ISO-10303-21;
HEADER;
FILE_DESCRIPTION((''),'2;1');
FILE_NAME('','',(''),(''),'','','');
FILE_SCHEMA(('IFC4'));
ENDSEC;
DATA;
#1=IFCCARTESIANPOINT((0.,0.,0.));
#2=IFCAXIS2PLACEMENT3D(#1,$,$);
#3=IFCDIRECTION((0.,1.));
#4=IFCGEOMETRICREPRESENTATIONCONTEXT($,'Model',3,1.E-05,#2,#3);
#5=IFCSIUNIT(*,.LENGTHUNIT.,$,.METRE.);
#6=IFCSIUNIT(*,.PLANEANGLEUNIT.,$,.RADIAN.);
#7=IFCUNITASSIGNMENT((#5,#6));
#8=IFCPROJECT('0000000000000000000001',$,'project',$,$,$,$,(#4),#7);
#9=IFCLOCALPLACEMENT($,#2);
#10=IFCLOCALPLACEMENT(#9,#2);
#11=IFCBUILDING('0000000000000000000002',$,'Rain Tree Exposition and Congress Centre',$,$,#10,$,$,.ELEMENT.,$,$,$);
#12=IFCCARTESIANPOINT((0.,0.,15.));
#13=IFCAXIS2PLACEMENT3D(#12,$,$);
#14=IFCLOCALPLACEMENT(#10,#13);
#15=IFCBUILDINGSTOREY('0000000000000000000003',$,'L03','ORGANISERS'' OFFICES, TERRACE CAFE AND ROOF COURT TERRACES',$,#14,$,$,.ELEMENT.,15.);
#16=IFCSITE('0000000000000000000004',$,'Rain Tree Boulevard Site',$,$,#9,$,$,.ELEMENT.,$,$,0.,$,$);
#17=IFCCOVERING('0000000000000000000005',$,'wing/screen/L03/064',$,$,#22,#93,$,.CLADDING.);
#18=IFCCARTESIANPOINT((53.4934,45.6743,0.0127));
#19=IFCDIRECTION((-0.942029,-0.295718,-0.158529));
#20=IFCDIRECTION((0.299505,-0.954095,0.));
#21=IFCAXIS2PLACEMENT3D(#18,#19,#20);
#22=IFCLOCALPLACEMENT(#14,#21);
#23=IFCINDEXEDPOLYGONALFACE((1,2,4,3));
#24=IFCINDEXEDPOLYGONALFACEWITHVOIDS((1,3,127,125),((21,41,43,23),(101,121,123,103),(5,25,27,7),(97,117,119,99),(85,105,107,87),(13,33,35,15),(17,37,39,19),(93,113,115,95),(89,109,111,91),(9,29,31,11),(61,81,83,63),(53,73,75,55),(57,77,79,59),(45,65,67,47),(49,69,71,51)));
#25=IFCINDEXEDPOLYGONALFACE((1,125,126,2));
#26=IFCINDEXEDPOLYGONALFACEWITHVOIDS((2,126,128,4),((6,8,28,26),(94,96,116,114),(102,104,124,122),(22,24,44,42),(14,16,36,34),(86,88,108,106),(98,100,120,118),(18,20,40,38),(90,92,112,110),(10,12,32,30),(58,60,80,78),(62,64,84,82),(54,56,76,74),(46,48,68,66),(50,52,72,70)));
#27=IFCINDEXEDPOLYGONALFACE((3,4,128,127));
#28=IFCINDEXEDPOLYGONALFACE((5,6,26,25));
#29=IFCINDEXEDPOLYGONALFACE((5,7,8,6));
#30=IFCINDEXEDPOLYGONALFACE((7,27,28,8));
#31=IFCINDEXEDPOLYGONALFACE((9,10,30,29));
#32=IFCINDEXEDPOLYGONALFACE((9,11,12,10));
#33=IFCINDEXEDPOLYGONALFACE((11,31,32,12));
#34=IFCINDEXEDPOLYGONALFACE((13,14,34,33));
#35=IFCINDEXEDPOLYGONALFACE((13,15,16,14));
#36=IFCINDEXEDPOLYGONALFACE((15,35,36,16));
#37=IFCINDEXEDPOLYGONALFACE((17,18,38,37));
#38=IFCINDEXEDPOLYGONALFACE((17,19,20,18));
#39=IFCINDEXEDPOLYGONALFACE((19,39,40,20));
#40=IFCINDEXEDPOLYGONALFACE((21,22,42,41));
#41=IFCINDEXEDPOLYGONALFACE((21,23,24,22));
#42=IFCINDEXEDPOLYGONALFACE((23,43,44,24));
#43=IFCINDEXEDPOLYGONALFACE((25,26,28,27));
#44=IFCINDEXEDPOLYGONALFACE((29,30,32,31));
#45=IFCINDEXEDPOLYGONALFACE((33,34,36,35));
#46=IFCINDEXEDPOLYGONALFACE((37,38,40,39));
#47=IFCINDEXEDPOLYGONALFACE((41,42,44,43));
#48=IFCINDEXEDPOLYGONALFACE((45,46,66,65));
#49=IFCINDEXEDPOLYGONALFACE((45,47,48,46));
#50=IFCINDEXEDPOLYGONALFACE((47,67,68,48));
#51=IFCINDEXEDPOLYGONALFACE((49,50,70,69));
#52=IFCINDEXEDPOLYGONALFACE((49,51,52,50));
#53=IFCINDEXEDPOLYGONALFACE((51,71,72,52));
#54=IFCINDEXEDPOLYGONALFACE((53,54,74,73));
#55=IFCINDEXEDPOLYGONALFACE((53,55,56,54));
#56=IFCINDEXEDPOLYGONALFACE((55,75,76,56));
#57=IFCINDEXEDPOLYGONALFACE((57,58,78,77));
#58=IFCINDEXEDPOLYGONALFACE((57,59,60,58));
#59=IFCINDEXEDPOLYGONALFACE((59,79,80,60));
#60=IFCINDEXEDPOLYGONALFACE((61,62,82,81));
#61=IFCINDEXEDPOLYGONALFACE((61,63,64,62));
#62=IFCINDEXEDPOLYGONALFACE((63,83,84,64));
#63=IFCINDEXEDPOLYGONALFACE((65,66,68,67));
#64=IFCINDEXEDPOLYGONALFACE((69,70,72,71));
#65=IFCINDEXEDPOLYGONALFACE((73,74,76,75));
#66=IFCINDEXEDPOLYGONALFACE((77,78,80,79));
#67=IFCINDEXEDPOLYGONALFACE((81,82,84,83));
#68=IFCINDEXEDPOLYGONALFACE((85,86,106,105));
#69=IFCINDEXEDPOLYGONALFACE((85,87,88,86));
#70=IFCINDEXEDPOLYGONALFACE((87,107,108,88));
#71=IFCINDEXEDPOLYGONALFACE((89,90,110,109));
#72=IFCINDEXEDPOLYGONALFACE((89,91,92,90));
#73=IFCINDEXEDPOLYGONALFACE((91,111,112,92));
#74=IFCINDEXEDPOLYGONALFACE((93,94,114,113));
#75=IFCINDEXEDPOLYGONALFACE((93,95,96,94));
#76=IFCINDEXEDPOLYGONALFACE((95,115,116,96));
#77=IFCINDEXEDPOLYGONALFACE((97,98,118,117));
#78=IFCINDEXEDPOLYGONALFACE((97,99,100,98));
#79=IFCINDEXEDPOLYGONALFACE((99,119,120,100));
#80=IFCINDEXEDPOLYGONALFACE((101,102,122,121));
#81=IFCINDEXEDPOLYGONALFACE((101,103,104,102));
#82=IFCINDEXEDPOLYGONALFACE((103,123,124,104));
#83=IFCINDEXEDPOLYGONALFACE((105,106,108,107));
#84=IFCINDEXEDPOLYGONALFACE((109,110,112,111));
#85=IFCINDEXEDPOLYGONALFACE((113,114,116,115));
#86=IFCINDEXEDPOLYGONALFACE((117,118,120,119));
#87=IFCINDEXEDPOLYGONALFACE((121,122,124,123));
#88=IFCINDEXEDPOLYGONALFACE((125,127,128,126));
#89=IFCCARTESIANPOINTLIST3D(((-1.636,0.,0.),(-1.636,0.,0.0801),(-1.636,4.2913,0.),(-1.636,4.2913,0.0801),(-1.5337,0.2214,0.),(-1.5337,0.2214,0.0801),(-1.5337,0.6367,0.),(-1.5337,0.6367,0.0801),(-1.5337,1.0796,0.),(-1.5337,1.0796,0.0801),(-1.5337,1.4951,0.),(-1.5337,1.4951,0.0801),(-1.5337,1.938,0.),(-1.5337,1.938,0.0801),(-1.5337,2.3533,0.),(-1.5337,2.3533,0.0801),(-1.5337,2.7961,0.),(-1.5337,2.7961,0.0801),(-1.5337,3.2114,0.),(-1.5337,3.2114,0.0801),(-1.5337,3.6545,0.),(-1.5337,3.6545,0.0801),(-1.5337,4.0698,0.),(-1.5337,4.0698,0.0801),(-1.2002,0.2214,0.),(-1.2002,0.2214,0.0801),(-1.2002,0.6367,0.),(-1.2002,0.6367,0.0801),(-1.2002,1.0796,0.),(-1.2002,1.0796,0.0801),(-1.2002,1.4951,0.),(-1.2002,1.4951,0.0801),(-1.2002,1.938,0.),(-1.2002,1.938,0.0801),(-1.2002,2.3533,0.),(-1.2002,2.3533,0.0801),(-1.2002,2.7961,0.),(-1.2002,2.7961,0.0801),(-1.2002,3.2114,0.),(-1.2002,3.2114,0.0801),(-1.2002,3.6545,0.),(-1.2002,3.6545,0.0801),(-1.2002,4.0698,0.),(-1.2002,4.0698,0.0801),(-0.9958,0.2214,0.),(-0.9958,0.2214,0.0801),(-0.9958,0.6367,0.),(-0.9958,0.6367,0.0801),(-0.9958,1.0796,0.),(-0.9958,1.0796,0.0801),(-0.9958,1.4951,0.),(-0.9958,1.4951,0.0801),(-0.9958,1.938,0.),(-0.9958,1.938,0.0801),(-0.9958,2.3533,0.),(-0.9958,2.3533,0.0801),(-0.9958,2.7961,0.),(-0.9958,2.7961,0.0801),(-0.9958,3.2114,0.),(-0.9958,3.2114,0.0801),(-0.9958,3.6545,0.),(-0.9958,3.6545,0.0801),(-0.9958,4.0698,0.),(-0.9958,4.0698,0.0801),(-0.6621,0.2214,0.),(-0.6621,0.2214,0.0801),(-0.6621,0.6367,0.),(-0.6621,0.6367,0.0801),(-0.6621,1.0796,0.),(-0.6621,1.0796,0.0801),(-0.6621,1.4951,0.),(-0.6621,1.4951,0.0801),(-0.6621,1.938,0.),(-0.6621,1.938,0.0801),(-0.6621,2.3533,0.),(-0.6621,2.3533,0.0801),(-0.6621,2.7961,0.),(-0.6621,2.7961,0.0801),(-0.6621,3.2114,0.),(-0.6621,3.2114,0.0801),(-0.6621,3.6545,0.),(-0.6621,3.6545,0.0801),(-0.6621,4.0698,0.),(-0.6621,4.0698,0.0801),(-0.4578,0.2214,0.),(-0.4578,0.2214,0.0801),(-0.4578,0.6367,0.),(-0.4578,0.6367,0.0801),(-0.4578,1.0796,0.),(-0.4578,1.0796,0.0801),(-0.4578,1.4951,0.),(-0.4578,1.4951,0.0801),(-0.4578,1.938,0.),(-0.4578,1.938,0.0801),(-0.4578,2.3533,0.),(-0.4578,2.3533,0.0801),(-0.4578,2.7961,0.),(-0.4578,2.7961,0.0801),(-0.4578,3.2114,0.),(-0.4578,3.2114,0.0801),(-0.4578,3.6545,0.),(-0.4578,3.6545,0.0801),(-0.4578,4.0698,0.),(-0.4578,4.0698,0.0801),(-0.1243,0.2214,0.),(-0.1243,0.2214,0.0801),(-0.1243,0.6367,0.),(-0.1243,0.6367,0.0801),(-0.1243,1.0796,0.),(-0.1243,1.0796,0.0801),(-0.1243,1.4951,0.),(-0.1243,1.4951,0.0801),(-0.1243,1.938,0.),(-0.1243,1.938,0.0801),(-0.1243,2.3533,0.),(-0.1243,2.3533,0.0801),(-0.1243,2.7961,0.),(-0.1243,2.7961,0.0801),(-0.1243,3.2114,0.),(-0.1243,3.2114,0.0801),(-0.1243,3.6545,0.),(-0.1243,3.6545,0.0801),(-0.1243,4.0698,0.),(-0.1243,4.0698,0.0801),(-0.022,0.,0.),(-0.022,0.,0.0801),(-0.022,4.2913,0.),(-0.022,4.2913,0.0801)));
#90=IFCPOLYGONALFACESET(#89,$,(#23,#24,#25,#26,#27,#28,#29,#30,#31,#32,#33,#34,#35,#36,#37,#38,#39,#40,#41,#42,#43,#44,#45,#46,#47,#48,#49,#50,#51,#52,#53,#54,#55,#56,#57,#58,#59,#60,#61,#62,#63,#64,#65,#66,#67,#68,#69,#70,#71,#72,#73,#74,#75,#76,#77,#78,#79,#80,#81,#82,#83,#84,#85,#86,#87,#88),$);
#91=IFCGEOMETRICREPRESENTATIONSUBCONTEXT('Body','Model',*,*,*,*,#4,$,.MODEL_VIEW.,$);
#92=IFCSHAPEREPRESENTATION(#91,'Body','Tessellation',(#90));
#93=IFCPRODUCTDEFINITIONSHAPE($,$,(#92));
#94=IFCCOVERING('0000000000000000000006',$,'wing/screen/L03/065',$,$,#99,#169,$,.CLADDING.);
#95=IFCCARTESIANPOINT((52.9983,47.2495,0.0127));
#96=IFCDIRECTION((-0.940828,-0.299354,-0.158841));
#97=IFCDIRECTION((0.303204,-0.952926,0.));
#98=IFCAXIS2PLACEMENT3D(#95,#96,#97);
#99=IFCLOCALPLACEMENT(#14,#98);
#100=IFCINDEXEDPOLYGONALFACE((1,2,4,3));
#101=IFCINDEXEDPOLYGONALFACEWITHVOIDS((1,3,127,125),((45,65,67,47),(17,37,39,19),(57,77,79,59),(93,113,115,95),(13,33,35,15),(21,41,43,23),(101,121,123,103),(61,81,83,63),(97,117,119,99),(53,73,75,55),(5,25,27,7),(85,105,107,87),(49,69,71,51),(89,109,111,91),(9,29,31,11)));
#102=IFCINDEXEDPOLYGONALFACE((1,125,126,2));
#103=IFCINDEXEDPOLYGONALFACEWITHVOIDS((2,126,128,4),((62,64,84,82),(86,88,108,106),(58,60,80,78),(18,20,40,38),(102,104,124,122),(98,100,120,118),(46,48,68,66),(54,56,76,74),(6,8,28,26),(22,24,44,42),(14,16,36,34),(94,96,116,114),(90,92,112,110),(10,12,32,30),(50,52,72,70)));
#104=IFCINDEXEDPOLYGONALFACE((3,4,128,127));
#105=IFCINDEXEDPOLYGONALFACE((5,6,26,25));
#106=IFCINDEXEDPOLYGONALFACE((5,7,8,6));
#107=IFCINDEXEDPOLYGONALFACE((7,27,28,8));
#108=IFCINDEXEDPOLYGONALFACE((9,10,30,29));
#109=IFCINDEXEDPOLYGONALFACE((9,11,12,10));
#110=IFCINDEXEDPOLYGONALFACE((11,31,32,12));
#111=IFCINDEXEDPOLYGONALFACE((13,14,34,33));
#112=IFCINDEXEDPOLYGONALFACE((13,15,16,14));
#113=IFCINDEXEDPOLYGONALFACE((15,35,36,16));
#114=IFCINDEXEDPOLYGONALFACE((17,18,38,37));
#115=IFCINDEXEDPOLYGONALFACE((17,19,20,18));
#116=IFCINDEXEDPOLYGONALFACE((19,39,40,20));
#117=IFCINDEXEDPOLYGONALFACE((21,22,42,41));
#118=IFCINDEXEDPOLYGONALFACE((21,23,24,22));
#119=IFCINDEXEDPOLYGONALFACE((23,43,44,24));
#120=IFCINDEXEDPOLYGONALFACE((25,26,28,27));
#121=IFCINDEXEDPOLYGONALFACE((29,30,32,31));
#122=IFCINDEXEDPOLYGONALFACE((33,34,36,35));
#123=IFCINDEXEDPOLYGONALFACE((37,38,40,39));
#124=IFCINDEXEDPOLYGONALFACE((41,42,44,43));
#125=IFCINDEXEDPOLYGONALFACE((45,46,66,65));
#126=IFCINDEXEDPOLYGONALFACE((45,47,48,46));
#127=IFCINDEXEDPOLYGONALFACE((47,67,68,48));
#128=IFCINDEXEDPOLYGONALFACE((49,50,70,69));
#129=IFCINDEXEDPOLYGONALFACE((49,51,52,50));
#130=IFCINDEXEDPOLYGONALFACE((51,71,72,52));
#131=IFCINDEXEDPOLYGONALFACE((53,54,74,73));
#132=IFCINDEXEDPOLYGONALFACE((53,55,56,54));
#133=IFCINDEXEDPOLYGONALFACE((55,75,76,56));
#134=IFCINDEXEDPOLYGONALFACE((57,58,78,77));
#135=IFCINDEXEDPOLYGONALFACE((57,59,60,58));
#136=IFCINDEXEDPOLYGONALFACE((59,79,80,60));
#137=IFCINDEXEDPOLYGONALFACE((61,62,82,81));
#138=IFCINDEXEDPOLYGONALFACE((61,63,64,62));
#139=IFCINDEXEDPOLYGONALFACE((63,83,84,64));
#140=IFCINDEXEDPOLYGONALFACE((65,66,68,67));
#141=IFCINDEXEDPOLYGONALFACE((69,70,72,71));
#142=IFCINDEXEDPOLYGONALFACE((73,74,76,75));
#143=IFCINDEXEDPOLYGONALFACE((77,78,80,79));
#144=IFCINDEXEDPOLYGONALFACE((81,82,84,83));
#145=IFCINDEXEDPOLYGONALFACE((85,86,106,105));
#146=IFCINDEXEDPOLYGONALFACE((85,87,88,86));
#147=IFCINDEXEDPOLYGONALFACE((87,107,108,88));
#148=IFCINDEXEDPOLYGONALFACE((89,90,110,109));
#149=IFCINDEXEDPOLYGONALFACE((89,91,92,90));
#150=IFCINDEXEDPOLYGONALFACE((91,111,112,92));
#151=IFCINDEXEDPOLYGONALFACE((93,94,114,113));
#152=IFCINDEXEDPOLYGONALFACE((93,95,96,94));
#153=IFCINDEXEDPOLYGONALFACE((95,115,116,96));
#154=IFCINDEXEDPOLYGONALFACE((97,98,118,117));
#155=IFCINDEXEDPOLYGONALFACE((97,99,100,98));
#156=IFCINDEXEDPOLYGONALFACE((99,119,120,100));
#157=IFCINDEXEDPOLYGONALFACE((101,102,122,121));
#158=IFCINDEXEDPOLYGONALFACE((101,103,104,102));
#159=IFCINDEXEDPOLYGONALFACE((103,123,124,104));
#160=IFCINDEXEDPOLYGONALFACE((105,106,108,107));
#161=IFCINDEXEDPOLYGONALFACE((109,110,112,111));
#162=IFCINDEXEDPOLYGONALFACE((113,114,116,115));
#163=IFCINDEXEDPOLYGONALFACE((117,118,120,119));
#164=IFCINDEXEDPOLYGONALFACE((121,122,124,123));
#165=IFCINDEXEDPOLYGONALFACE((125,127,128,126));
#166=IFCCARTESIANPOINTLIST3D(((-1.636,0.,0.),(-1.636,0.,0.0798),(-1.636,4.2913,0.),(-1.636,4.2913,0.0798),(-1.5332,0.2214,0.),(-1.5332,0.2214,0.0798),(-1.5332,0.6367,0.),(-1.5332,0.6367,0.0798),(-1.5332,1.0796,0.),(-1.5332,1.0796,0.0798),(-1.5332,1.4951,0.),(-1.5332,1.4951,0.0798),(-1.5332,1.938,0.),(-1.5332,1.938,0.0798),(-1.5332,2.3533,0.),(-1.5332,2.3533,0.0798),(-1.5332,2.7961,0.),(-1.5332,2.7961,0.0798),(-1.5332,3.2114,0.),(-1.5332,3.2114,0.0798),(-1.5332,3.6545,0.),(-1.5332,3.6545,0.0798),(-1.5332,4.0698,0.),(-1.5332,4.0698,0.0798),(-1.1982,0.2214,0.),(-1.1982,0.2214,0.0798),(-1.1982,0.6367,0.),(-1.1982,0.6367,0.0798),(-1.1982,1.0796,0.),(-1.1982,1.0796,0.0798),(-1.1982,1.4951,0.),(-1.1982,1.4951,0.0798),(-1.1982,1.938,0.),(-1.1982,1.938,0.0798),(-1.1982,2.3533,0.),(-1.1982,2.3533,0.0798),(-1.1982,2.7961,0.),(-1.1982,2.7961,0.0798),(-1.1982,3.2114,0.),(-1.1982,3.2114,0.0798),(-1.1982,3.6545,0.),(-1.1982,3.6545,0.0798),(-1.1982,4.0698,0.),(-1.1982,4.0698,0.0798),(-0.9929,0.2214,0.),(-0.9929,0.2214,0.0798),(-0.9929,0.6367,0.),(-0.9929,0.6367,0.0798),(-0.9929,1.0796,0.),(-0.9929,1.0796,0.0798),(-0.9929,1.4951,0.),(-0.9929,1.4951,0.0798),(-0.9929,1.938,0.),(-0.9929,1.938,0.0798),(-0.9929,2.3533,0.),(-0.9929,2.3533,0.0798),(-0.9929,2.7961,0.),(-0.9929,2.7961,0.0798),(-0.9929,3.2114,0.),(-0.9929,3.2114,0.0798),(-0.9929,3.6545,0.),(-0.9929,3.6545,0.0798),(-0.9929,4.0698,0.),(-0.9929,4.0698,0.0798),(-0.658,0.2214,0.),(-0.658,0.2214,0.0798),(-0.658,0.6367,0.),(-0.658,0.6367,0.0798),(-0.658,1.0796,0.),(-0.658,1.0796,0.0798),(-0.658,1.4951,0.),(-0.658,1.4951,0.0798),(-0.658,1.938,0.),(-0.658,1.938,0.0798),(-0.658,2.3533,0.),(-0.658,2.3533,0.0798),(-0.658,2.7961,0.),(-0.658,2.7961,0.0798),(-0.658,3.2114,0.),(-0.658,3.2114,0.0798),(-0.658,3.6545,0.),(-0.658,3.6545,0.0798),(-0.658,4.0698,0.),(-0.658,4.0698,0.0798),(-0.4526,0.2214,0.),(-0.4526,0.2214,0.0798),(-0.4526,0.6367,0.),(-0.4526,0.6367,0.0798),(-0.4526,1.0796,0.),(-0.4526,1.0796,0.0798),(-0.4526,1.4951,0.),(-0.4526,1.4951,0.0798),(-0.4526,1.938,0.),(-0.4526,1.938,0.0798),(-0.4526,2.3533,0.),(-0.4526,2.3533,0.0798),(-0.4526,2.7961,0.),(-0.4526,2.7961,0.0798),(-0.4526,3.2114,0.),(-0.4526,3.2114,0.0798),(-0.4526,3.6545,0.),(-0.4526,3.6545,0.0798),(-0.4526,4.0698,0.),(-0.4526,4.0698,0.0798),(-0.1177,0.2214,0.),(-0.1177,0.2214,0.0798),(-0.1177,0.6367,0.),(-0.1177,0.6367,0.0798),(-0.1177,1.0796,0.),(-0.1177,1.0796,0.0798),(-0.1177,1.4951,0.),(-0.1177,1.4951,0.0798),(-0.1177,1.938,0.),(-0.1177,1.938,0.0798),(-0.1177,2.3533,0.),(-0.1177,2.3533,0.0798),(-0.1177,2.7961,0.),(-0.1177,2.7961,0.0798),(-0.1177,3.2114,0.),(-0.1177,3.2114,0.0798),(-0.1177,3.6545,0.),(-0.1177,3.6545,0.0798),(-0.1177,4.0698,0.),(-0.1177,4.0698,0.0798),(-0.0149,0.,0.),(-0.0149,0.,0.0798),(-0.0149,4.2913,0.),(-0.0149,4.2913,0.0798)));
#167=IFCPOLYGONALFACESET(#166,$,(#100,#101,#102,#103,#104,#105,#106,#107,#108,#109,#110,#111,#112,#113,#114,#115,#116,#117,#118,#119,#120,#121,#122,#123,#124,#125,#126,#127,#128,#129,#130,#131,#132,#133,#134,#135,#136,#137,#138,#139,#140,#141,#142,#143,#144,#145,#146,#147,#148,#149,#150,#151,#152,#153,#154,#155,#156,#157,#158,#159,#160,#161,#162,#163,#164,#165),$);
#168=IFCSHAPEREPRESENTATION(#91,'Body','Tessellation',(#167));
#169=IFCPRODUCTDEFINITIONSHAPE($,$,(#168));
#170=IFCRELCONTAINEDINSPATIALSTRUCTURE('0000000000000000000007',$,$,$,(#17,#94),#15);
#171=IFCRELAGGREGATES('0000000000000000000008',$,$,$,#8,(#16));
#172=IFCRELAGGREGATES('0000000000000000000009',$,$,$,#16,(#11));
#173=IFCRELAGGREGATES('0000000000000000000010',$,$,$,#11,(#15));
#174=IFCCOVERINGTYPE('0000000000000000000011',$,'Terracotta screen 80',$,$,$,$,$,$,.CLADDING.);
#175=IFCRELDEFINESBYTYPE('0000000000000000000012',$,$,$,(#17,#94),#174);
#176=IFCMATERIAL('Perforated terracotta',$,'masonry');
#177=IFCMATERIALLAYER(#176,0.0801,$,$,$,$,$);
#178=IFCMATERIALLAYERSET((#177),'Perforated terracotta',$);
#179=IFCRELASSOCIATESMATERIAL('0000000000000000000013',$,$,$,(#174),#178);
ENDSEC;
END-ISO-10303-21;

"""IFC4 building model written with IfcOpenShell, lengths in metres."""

from ifc_helpers import new_model, si_unit, direction, frame, origin, place, context, subcontext, project, spatial, polyline, outline, extrude, material, layer, layer_set, type_object, element, save


model = new_model("IFC4")

# Units and contexts
model_context = context("Model", 3, precision=1e-05, world=origin(), true_north=direction((0.0, 1.0)))
body_context = subcontext(model_context, "Body", "Model", "MODEL_VIEW")
ifc_project = project(units=[si_unit("LENGTHUNIT", "METRE"), si_unit("PLANEANGLEUNIT", "RADIAN")], contexts=[model_context])

# Site, building, storey
site_placement = place(None, origin())
site = spatial("IfcSite", under=ifc_project, at=site_placement, Name="Rain Tree Boulevard Site", CompositionType="ELEMENT", RefElevation=0.0)
building_placement = place(site_placement, origin())
building = spatial("IfcBuilding", under=site, at=building_placement, Name="Rain Tree Exposition and Congress Centre", CompositionType="ELEMENT")
storey_placement = place(building_placement, frame((0.0, 0.0, 15.0)))
storey = spatial("IfcBuildingStorey", under=building, at=storey_placement, Name="L03", Description="ORGANISERS' OFFICES, TERRACE CAFE AND ROOF COURT TERRACES", CompositionType="ELEMENT", Elevation=15.0)

# Coverings
ifc_material_1 = material(Name="Perforated terracotta", Category="masonry")
ifc_layer_1 = layer(ifc_material_1, 0.0801)
ifc_layer_set_1 = layer_set([ifc_layer_1], Name="Perforated terracotta")
covering_type_1 = type_object("IfcCoveringType", Name="Terracotta screen 80", PredefinedType="CLADDING", material=ifc_layer_set_1)
covering_1_placement = place(storey_placement, frame((53.4934, 45.6743, 0.0127), z_axis=(-0.942029, -0.295718, -0.158529), x_axis=(0.299505, -0.954095, 0.0)))
element("IfcCovering", 1, at=covering_1_placement, inside=storey, type_object=covering_type_1, Name="wing/screen/L03/064", PredefinedType="CLADDING", context=body_context, shape_type="SweptSolid", body=[
    extrude(outline(polyline([(-1.636, 0.0), (-1.636, 4.2913), (-0.022, 4.2913), (-0.022, 0.0), (-1.636, 0.0)]), holes=[polyline([(-0.1243, 0.2214), (-0.1243, 0.6367), (-0.4578, 0.6367), (-0.4578, 0.2214), (-0.1243, 0.2214)]), polyline([(-0.1243, 1.0796), (-0.1243, 1.4951), (-0.4578, 1.4951), (-0.4578, 1.0796), (-0.1243, 1.0796)]), polyline([(-0.1243, 1.938), (-0.1243, 2.3533), (-0.4578, 2.3533), (-0.4578, 1.938), (-0.1243, 1.938)]), polyline([(-0.1243, 2.7961), (-0.1243, 3.2114), (-0.4578, 3.2114), (-0.4578, 2.7961), (-0.1243, 2.7961)]), polyline([(-0.1243, 3.6545), (-0.1243, 4.0698), (-0.4578, 4.0698), (-0.4578, 3.6545), (-0.1243, 3.6545)]), polyline([(-0.6621, 0.2214), (-0.6621, 0.6367), (-0.9958, 0.6367), (-0.9958, 0.2214), (-0.6621, 0.2214)]), polyline([(-0.6621, 1.0796), (-0.6621, 1.4951), (-0.9958, 1.4951), (-0.9958, 1.0796), (-0.6621, 1.0796)]), polyline([(-0.6621, 1.938), (-0.6621, 2.3533), (-0.9958, 2.3533), (-0.9958, 1.938), (-0.6621, 1.938)]), polyline([(-0.6621, 2.7961), (-0.6621, 3.2114), (-0.9958, 3.2114), (-0.9958, 2.7961), (-0.6621, 2.7961)]), polyline([(-0.6621, 3.6545), (-0.6621, 4.0698), (-0.9958, 4.0698), (-0.9958, 3.6545), (-0.6621, 3.6545)]), polyline([(-1.2002, 0.2214), (-1.2002, 0.6367), (-1.5337, 0.6367), (-1.5337, 0.2214), (-1.2002, 0.2214)]), polyline([(-1.2002, 1.0796), (-1.2002, 1.4951), (-1.5337, 1.4951), (-1.5337, 1.0796), (-1.2002, 1.0796)]), polyline([(-1.2002, 1.938), (-1.2002, 2.3533), (-1.5337, 2.3533), (-1.5337, 1.938), (-1.2002, 1.938)]), polyline([(-1.2002, 2.7961), (-1.2002, 3.2114), (-1.5337, 3.2114), (-1.5337, 2.7961), (-1.2002, 2.7961)]), polyline([(-1.2002, 3.6545), (-1.2002, 4.0698), (-1.5337, 4.0698), (-1.5337, 3.6545), (-1.2002, 3.6545)])]), origin(), (0.0, 0.0, 1.0), 0.0801),
])
covering_2_placement = place(storey_placement, frame((52.9983, 47.2495, 0.0127), z_axis=(-0.940828, -0.299354, -0.158841), x_axis=(0.303204, -0.952926, 0.0)))
element("IfcCovering", 2, at=covering_2_placement, inside=storey, type_object=covering_type_1, Name="wing/screen/L03/065", PredefinedType="CLADDING", context=body_context, shape_type="SweptSolid", body=[
    extrude(outline(polyline([(-1.636, 0.0), (-1.636, 4.2913), (-0.0149, 4.2913), (-0.0149, 0.0), (-1.636, 0.0)]), holes=[polyline([(-0.1177, 0.2214), (-0.1177, 0.6367), (-0.4526, 0.6367), (-0.4526, 0.2214), (-0.1177, 0.2214)]), polyline([(-0.1177, 1.0796), (-0.1177, 1.4951), (-0.4526, 1.4951), (-0.4526, 1.0796), (-0.1177, 1.0796)]), polyline([(-0.1177, 1.938), (-0.1177, 2.3533), (-0.4526, 2.3533), (-0.4526, 1.938), (-0.1177, 1.938)]), polyline([(-0.1177, 2.7961), (-0.1177, 3.2114), (-0.4526, 3.2114), (-0.4526, 2.7961), (-0.1177, 2.7961)]), polyline([(-0.1177, 3.6545), (-0.1177, 4.0698), (-0.4526, 4.0698), (-0.4526, 3.6545), (-0.1177, 3.6545)]), polyline([(-0.658, 0.2214), (-0.658, 0.6367), (-0.9929, 0.6367), (-0.9929, 0.2214), (-0.658, 0.2214)]), polyline([(-0.658, 1.0796), (-0.658, 1.4951), (-0.9929, 1.4951), (-0.9929, 1.0796), (-0.658, 1.0796)]), polyline([(-0.658, 1.938), (-0.658, 2.3533), (-0.9929, 2.3533), (-0.9929, 1.938), (-0.658, 1.938)]), polyline([(-0.658, 2.7961), (-0.658, 3.2114), (-0.9929, 3.2114), (-0.9929, 2.7961), (-0.658, 2.7961)]), polyline([(-0.658, 3.6545), (-0.658, 4.0698), (-0.9929, 4.0698), (-0.9929, 3.6545), (-0.658, 3.6545)]), polyline([(-1.1982, 0.2214), (-1.1982, 0.6367), (-1.5332, 0.6367), (-1.5332, 0.2214), (-1.1982, 0.2214)]), polyline([(-1.1982, 1.0796), (-1.1982, 1.4951), (-1.5332, 1.4951), (-1.5332, 1.0796), (-1.1982, 1.0796)]), polyline([(-1.1982, 1.938), (-1.1982, 2.3533), (-1.5332, 2.3533), (-1.5332, 1.938), (-1.1982, 1.938)]), polyline([(-1.1982, 2.7961), (-1.1982, 3.2114), (-1.5332, 3.2114), (-1.5332, 2.7961), (-1.1982, 2.7961)]), polyline([(-1.1982, 3.6545), (-1.1982, 4.0698), (-1.5332, 4.0698), (-1.5332, 3.6545), (-1.1982, 3.6545)])]), origin(), (0.0, 0.0, 1.0), 0.0798),
])

save(model, "model.ifc")
